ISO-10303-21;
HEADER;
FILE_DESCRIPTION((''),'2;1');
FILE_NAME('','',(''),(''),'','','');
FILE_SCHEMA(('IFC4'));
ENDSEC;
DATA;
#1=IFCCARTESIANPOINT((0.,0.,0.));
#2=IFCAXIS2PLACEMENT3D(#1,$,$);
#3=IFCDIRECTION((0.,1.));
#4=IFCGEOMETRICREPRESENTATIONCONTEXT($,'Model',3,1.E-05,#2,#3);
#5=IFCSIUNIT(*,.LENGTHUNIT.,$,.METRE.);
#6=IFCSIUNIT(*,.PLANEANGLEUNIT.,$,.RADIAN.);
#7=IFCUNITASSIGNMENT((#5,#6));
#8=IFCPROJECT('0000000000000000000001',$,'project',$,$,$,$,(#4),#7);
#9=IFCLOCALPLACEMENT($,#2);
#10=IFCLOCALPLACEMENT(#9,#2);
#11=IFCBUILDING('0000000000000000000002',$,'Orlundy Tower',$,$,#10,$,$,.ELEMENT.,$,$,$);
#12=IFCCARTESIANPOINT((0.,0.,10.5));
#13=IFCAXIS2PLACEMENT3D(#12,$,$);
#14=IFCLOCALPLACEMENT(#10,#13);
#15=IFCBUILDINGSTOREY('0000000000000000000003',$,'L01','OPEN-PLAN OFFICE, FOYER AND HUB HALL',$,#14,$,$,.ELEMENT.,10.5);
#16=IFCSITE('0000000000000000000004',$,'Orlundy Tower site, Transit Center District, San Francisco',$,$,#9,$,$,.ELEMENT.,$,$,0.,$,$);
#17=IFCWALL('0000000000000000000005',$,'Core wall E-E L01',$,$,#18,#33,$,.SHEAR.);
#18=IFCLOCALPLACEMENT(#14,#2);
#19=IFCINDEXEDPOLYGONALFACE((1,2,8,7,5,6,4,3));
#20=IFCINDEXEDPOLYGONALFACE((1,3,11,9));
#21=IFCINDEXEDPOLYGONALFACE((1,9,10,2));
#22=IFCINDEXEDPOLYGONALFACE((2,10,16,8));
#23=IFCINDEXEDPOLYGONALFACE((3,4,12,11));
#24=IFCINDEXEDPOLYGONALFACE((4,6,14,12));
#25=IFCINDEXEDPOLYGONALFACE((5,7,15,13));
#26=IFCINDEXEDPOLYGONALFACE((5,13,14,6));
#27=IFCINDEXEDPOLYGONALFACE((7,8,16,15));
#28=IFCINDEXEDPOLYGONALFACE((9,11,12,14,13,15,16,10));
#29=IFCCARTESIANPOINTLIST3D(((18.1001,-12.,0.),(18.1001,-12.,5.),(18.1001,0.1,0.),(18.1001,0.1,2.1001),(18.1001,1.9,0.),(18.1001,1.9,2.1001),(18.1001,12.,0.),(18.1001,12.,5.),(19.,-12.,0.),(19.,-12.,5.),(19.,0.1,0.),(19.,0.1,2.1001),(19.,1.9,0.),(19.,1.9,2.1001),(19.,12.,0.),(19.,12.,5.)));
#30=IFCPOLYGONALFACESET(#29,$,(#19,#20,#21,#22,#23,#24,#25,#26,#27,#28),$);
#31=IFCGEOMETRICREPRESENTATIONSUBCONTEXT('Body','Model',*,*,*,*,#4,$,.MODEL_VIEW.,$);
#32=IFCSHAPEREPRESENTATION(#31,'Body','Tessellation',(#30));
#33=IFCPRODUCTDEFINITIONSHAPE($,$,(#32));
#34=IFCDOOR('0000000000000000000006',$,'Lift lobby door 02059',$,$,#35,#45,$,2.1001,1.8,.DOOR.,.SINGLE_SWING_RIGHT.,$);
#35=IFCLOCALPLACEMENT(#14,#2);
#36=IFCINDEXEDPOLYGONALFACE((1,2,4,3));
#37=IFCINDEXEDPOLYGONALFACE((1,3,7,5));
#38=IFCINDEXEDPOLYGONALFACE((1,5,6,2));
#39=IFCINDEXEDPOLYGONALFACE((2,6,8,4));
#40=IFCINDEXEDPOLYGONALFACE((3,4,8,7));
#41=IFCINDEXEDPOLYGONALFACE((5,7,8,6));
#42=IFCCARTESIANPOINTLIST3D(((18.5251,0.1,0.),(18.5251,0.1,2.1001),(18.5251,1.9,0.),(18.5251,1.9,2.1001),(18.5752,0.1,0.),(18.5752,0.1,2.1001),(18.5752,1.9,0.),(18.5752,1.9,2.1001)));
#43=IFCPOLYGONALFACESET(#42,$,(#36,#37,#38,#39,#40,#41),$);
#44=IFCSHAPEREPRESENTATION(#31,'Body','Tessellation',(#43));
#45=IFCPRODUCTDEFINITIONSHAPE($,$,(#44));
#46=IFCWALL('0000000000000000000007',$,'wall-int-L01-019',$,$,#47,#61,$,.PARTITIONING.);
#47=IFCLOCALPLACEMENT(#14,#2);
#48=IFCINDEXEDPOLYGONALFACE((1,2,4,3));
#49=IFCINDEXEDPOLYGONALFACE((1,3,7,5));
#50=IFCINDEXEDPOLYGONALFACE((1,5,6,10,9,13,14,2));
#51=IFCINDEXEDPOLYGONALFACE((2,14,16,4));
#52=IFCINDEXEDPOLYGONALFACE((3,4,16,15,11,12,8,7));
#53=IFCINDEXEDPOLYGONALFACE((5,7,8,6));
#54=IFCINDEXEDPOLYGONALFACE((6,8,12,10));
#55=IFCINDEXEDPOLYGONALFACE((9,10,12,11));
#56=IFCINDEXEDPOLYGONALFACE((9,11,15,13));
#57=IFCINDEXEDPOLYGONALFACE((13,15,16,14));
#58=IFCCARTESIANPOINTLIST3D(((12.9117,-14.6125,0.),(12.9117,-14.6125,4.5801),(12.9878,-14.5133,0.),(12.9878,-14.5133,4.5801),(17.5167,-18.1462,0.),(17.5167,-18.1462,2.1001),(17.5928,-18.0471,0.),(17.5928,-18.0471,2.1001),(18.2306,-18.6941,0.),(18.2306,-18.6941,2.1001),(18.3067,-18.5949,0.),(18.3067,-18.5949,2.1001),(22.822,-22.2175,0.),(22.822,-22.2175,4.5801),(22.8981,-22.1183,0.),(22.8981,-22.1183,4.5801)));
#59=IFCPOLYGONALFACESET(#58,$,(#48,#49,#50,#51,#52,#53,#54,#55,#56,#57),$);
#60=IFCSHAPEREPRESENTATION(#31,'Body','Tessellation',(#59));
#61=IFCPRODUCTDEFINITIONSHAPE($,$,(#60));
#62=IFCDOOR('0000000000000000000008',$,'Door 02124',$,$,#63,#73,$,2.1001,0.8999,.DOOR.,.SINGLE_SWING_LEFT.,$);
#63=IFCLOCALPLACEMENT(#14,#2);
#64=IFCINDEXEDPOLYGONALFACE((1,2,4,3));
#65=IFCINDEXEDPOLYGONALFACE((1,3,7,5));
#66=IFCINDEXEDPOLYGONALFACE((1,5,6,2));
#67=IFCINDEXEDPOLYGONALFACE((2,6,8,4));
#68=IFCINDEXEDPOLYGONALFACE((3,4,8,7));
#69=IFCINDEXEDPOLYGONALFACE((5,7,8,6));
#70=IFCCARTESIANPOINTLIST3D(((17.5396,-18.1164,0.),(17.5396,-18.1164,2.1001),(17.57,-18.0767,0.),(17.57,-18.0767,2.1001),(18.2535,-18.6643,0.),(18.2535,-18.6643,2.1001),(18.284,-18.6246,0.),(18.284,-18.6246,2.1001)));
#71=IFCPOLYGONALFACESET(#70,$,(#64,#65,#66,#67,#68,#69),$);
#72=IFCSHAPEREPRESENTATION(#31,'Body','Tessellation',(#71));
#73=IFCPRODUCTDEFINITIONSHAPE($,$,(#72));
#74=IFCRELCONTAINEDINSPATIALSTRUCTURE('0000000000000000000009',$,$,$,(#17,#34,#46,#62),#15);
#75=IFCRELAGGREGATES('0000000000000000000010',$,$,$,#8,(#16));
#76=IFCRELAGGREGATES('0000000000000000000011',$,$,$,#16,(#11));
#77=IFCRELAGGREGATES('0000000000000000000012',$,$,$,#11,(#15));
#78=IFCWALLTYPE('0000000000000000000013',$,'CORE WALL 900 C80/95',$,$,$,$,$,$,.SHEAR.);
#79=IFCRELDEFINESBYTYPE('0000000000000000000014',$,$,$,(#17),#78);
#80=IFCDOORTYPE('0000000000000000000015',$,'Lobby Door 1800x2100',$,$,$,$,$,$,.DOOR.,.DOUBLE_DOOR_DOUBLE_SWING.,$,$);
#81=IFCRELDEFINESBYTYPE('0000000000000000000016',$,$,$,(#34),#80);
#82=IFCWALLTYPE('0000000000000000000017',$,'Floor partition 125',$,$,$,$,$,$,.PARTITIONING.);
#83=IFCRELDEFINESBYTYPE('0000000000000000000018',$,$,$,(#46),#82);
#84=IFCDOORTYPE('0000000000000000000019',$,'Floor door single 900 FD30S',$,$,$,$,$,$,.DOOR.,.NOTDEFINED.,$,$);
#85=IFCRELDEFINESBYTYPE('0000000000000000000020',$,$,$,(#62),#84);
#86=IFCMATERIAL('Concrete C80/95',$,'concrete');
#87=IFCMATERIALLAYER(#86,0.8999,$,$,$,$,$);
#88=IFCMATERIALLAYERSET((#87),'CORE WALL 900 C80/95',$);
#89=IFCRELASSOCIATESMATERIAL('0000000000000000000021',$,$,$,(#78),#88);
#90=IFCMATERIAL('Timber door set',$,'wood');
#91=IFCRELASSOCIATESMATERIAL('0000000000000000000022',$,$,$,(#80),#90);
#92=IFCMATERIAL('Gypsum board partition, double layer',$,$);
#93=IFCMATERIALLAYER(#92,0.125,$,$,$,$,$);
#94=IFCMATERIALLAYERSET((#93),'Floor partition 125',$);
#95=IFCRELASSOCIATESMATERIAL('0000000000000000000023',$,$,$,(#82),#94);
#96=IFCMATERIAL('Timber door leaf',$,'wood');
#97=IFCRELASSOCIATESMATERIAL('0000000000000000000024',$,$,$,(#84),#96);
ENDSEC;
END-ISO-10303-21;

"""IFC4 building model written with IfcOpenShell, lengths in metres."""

from ifc_helpers import new_model, si_unit, direction, frame, frame_2d, origin, place, context, subcontext, project, spatial, rectangle, extrude, material, layer, layer_set, type_object, element, fill, save


model = new_model("IFC4")

# Units and contexts
model_context = context("Model", 3, precision=1e-05, world=origin(), true_north=direction((0.0, 1.0)))
body_context = subcontext(model_context, "Body", "Model", "MODEL_VIEW")
ifc_project = project(units=[si_unit("LENGTHUNIT", "METRE"), si_unit("PLANEANGLEUNIT", "RADIAN")], contexts=[model_context])

# Site, building, storey
site_placement = place(None, origin())
site = spatial("IfcSite", under=ifc_project, at=site_placement, Name="Orlundy Tower site, Transit Center District, San Francisco", CompositionType="ELEMENT", RefElevation=0.0)
building_placement = place(site_placement, origin())
building = spatial("IfcBuilding", under=site, at=building_placement, Name="Orlundy Tower", CompositionType="ELEMENT")
storey_placement = place(building_placement, frame((0.0, 0.0, 10.5)))
storey = spatial("IfcBuildingStorey", under=building, at=storey_placement, Name="L01", Description="OPEN-PLAN OFFICE, FOYER AND HUB HALL", CompositionType="ELEMENT", Elevation=10.5)

# Walls, openings, doors
ifc_material_1 = material(Name="Concrete C80/95", Category="concrete")
ifc_layer_1 = layer(ifc_material_1, 0.8999)
ifc_layer_set_1 = layer_set([ifc_layer_1], Name="CORE WALL 900 C80/95")
wall_type_1 = type_object("IfcWallType", Name="CORE WALL 900 C80/95", PredefinedType="SHEAR", material=ifc_layer_set_1)
wall_1_placement = place(storey_placement, frame((18.55, -12.0, 0.0), z_axis=(0.0, 0.0, 1.0), x_axis=(0.0, 1.0, 0.0)))
wall_1 = element("IfcWall", 1, at=wall_1_placement, inside=storey, type_object=wall_type_1, Name="Core wall E-E L01", PredefinedType="SHEAR", context=body_context, shape_type="SweptSolid", body=[
    extrude(rectangle(XDim=24.0, YDim=0.8999, at=frame_2d((12.0, 0.0))), origin(), (0.0, 0.0, 1.0), 5.0),
])
opening_1_placement = place(wall_1_placement, frame((12.1001, 0.0, 0.0)))
opening_1 = element("IfcOpeningElement", 2, at=opening_1_placement, cuts=wall_1, PredefinedType="OPENING", context=body_context, shape_type="SweptSolid", body=[
    extrude(rectangle(XDim=1.8, YDim=2.1001, at=frame_2d((0.8999, 1.05))), frame((0.0, 0.46, 0.0), z_axis=(0.0, -1.0, 0.0), x_axis=(1.0, 0.0, 0.0)), (0.0, 0.0, 1.0), 0.9199),
])
ifc_material_2 = material(Name="Timber door set", Category="wood")
door_type_1 = type_object("IfcDoorType", Name="Lobby Door 1800x2100", OperationType="DOUBLE_DOOR_DOUBLE_SWING", PredefinedType="DOOR", material=ifc_material_2)
door_1_placement = place(opening_1_placement, origin())
door_1 = element("IfcDoor", 3, at=door_1_placement, inside=storey, type_object=door_type_1, Name="Lift lobby door 02059", OperationType="SINGLE_SWING_RIGHT", OverallHeight=2.1001, OverallWidth=1.8, PredefinedType="DOOR", context=body_context, shape_type="SweptSolid", body=[
    extrude(rectangle(XDim=1.8, YDim=2.1001, at=frame_2d((0.8999, 1.05))), frame((0.0, 0.0249, 0.0), z_axis=(0.0, -1.0, 0.0), x_axis=(1.0, 0.0, 0.0)), (0.0, 0.0, 1.0), 0.05),
])
fill(opening_1, door_1)
ifc_material_3 = material(Name="Gypsum board partition, double layer")
ifc_layer_2 = layer(ifc_material_3, 0.125)
ifc_layer_set_2 = layer_set([ifc_layer_2], Name="Floor partition 125")
wall_type_2 = type_object("IfcWallType", Name="Floor partition 125", PredefinedType="PARTITIONING", material=ifc_layer_set_2)
wall_2_placement = place(storey_placement, frame((22.8601, -22.168, 0.0), z_axis=(0.0, 0.0, 1.0), x_axis=(-0.793328, 0.608794, 0.0)))
wall_2 = element("IfcWall", 4, at=wall_2_placement, inside=storey, type_object=wall_type_2, Name="wall-int-L01-019", PredefinedType="PARTITIONING", context=body_context, shape_type="SweptSolid", body=[
    extrude(rectangle(XDim=12.4919, YDim=0.125, at=frame_2d((6.2461, 0.0))), origin(), (0.0, 0.0, 1.0), 4.5801),
])
opening_2_placement = place(wall_2_placement, frame((5.7876, 0.0, 0.0)))
opening_2 = element("IfcOpeningElement", 5, at=opening_2_placement, cuts=wall_2, PredefinedType="OPENING", context=body_context, shape_type="SweptSolid", body=[
    extrude(rectangle(XDim=0.8999, YDim=2.1001, at=frame_2d((0.45, 1.05))), frame((0.0, 0.0725, 0.0), z_axis=(0.0, -1.0, 0.0), x_axis=(1.0, 0.0, 0.0)), (0.0, 0.0, 1.0), 0.145),
])
ifc_material_4 = material(Name="Timber door leaf", Category="wood")
door_type_2 = type_object("IfcDoorType", Name="Floor door single 900 FD30S", OperationType="NOTDEFINED", PredefinedType="DOOR", material=ifc_material_4)
door_2_placement = place(opening_2_placement, origin())
door_2 = element("IfcDoor", 6, at=door_2_placement, inside=storey, type_object=door_type_2, Name="Door 02124", OperationType="SINGLE_SWING_LEFT", OverallHeight=2.1001, OverallWidth=0.8999, PredefinedType="DOOR", context=body_context, shape_type="SweptSolid", body=[
    extrude(rectangle(XDim=0.8999, YDim=2.1001, at=frame_2d((0.45, 1.05))), frame((0.0, 0.0249, 0.0), z_axis=(0.0, -1.0, 0.0), x_axis=(1.0, 0.0, 0.0)), (0.0, 0.0, 1.0), 0.05),
])
fill(opening_2, door_2)

save(model, "model.ifc")
